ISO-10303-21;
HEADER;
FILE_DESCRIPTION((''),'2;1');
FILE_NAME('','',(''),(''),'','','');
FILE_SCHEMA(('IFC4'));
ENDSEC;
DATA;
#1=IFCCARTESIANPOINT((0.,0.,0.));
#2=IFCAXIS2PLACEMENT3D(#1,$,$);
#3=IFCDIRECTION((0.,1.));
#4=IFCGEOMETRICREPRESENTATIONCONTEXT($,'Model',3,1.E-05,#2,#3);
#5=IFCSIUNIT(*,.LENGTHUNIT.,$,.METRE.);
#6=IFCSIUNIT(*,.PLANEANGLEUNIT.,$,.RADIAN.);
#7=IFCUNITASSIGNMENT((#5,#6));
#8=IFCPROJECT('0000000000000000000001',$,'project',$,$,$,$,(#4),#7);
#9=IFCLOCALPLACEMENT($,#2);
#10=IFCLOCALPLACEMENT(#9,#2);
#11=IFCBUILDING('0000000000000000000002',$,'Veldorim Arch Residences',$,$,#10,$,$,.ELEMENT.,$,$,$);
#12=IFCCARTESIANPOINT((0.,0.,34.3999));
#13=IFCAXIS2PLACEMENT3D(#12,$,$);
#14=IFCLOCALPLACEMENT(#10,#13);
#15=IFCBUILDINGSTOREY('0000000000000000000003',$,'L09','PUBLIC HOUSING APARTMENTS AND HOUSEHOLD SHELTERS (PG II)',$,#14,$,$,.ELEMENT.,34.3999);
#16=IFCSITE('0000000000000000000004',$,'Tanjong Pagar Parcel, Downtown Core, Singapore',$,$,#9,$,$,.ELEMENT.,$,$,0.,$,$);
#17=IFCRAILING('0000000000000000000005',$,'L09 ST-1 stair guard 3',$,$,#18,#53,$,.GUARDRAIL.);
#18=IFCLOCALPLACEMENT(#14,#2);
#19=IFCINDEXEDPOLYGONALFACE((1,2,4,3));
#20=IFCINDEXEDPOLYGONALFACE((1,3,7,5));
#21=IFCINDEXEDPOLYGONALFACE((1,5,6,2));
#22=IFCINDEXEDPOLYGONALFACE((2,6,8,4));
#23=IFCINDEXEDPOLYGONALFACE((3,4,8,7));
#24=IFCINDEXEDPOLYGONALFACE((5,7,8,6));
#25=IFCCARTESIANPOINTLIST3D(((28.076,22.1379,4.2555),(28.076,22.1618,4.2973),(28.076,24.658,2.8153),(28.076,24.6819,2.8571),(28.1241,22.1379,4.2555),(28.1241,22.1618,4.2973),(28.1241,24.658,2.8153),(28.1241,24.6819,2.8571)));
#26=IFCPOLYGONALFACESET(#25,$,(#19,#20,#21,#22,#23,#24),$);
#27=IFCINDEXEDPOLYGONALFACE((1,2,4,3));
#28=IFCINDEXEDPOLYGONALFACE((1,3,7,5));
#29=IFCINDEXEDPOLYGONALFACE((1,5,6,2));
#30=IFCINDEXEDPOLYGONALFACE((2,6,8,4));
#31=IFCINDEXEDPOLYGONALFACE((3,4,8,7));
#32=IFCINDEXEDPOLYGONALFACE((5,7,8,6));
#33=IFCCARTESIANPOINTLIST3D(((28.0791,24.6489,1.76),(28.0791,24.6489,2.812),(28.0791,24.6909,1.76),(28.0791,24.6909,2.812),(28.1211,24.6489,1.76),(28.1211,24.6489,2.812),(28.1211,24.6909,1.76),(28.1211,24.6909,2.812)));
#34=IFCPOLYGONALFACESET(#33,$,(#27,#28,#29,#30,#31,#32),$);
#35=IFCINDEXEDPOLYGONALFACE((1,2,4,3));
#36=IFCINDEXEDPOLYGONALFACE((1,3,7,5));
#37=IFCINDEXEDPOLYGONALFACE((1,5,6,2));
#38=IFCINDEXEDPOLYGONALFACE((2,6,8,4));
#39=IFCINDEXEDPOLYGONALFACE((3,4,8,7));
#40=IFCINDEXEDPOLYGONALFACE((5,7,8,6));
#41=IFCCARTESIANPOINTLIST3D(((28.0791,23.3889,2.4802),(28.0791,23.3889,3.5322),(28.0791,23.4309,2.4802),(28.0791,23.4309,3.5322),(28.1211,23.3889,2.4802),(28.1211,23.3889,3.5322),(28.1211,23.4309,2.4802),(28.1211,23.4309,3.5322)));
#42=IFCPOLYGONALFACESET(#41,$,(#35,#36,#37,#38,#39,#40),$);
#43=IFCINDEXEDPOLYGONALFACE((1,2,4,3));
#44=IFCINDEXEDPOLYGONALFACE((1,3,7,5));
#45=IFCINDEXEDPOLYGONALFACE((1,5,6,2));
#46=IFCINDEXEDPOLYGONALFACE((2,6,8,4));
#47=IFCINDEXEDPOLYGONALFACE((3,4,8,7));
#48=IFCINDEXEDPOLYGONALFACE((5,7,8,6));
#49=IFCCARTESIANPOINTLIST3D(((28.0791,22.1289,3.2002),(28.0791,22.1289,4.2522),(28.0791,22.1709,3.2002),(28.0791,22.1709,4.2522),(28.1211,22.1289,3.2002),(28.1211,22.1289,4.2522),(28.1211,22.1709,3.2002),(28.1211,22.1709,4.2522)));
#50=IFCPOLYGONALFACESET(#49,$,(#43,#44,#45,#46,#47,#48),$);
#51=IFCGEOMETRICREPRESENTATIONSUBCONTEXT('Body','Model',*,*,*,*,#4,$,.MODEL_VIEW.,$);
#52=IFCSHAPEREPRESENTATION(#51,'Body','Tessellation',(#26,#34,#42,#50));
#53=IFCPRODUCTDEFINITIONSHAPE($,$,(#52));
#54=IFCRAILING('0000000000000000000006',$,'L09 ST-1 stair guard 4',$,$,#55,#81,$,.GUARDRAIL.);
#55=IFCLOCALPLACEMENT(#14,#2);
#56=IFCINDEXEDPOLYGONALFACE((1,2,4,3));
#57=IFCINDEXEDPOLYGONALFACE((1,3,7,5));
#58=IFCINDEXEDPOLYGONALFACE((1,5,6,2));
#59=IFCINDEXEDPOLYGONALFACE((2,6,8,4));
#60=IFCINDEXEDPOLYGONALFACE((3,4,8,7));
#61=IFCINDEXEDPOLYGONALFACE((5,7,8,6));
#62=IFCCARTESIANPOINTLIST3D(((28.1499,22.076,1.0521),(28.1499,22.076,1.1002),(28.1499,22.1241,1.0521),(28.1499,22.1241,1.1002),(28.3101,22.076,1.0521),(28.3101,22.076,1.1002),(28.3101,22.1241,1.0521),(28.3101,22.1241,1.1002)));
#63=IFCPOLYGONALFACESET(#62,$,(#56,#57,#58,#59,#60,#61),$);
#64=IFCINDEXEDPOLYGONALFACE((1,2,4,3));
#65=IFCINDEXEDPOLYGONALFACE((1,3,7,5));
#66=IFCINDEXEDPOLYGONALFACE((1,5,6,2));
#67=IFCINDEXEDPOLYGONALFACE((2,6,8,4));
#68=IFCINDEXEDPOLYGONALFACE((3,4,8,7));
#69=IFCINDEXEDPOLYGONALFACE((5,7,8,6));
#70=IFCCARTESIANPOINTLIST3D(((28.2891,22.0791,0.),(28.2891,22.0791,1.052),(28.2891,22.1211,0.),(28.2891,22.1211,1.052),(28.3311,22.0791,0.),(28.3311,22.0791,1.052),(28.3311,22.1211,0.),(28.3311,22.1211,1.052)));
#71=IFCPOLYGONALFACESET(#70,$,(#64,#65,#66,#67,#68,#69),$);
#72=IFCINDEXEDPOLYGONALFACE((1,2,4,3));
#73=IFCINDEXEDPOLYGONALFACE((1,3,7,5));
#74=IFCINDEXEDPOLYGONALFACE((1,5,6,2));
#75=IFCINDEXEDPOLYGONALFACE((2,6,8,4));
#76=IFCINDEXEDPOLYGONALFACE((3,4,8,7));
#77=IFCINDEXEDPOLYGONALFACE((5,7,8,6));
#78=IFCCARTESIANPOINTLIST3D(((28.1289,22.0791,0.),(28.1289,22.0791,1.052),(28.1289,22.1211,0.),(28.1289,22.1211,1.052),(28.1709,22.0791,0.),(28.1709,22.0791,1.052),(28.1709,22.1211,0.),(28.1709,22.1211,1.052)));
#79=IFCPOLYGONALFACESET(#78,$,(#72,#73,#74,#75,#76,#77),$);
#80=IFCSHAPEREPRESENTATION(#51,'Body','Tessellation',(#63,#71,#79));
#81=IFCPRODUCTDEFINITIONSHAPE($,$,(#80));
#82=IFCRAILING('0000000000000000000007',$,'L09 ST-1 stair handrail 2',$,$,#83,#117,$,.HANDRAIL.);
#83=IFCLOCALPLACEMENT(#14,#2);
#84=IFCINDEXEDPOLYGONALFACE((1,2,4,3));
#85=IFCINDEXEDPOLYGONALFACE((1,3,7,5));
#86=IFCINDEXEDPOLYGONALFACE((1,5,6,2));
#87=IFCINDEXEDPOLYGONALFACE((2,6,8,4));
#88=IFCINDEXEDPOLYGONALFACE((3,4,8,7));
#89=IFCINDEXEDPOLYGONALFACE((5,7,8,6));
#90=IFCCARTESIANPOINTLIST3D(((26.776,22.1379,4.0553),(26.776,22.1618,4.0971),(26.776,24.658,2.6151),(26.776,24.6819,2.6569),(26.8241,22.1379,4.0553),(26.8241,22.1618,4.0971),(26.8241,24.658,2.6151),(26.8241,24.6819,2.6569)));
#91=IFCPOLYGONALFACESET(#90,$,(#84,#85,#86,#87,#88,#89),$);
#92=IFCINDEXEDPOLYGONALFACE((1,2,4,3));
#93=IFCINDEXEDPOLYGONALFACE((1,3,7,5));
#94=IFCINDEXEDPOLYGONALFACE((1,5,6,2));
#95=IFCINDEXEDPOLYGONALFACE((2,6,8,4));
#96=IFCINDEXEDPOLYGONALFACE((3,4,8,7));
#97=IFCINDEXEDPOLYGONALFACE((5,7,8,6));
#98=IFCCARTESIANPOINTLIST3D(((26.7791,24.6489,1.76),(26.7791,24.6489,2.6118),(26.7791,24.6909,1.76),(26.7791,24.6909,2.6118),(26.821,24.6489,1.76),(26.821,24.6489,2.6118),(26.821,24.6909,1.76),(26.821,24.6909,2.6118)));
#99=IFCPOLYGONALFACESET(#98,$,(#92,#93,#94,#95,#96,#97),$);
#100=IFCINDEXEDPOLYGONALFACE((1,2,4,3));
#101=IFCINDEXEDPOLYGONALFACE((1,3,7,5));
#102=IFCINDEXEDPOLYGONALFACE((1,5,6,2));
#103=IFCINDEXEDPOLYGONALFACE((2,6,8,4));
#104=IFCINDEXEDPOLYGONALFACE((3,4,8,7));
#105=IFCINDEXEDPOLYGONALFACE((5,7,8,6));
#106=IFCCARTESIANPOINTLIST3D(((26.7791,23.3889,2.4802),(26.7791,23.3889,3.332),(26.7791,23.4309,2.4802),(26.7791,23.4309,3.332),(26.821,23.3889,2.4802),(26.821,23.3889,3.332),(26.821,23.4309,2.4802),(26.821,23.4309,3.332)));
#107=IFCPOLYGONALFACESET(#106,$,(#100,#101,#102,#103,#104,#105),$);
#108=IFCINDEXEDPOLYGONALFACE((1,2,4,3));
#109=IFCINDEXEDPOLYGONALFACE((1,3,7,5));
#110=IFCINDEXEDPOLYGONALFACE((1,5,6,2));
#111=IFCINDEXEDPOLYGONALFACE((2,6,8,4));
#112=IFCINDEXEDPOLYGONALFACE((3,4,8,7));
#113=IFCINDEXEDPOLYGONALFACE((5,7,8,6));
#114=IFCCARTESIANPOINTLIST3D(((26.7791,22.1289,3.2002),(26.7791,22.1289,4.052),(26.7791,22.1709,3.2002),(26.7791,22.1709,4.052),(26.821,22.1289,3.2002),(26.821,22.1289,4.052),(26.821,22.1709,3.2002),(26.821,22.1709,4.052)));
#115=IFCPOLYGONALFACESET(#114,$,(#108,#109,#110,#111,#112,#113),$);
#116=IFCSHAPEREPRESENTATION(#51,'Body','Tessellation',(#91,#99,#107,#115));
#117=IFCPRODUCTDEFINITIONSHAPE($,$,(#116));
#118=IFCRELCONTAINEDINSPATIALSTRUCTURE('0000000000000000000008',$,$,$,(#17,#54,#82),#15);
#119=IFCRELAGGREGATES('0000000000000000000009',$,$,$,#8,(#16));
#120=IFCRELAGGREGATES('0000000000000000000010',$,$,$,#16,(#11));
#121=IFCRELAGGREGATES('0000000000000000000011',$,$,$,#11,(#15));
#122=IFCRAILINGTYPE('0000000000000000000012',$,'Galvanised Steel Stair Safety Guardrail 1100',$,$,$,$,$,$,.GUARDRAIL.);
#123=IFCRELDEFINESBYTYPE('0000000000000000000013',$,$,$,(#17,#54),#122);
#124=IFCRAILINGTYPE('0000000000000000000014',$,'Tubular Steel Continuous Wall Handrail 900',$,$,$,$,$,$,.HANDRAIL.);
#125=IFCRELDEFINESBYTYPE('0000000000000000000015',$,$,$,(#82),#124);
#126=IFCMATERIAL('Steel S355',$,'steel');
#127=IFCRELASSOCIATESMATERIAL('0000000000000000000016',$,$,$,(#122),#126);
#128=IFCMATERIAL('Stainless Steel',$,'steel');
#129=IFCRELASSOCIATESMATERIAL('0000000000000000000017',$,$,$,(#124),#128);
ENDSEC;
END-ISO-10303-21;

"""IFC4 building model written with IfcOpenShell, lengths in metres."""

from ifc_helpers import new_model, si_unit, direction, frame, origin, origin_2d, place, context, subcontext, project, spatial, rectangle, extrude, material, type_object, element, save


model = new_model("IFC4")

# Units and contexts
model_context = context("Model", 3, precision=1e-05, world=origin(), true_north=direction((0.0, 1.0)))
body_context = subcontext(model_context, "Body", "Model", "MODEL_VIEW")
ifc_project = project(units=[si_unit("LENGTHUNIT", "METRE"), si_unit("PLANEANGLEUNIT", "RADIAN")], contexts=[model_context])

# Site, building, storey
site_placement = place(None, origin())
site = spatial("IfcSite", under=ifc_project, at=site_placement, Name="Tanjong Pagar Parcel, Downtown Core, Singapore", CompositionType="ELEMENT", RefElevation=0.0)
building_placement = place(site_placement, origin())
building = spatial("IfcBuilding", under=site, at=building_placement, Name="Veldorim Arch Residences", CompositionType="ELEMENT")
storey_placement = place(building_placement, frame((0.0, 0.0, 34.3999)))
storey = spatial("IfcBuildingStorey", under=building, at=storey_placement, Name="L09", Description="PUBLIC HOUSING APARTMENTS AND HOUSEHOLD SHELTERS (PG II)", CompositionType="ELEMENT", Elevation=34.3999)

# Railings
ifc_material_1 = material(Name="Steel S355", Category="steel")
railing_type_1 = type_object("IfcRailingType", Name="Galvanised Steel Stair Safety Guardrail 1100", PredefinedType="GUARDRAIL", material=ifc_material_1)
railing_1_placement = place(storey_placement, frame((28.1001, 24.6699, 1.76)))
element("IfcRailing", 1, at=railing_1_placement, inside=storey, type_object=railing_type_1, Name="L09 ST-1 stair guard 3", PredefinedType="GUARDRAIL", context=body_context, shape_type="SweptSolid", body=[
    extrude(rectangle(XDim=0.0481, YDim=0.0481, at=origin_2d()), frame((0.0, 0.0, 1.0762), z_axis=(0.0, -0.868217, 0.496184), x_axis=(1.0, 0.0, 0.0)), (0.0, 0.0, 1.0), 2.9026),
    extrude(rectangle(XDim=0.042, YDim=0.042, at=origin_2d()), origin(), (0.0, 0.0, 1.0), 1.052),
    extrude(rectangle(XDim=0.042, YDim=0.042, at=origin_2d()), frame((0.0, -1.26, 0.7202)), (0.0, 0.0, 1.0), 1.052),
    extrude(rectangle(XDim=0.042, YDim=0.042, at=origin_2d()), frame((0.0, -2.52, 1.4402)), (0.0, 0.0, 1.0), 1.052),
])
railing_2_placement = place(storey_placement, frame((28.3101, 22.1001, 0.0)))
element("IfcRailing", 2, at=railing_2_placement, inside=storey, type_object=railing_type_1, Name="L09 ST-1 stair guard 4", PredefinedType="GUARDRAIL", context=body_context, shape_type="SweptSolid", body=[
    extrude(rectangle(XDim=0.0481, YDim=0.0481, at=origin_2d()), frame((0.0, 0.0, 1.0762), z_axis=(-1.0, 0.0, 0.0), x_axis=(0.0, -1.0, 0.0)), (0.0, 0.0, 1.0), 0.1602),
    extrude(rectangle(XDim=0.042, YDim=0.042, at=origin_2d()), origin(), (0.0, 0.0, 1.0), 1.052),
    extrude(rectangle(XDim=0.042, YDim=0.042, at=origin_2d()), frame((-0.1602, 0.0, 0.0)), (0.0, 0.0, 1.0), 1.052),
])
ifc_material_2 = material(Name="Stainless Steel", Category="steel")
railing_type_2 = type_object("IfcRailingType", Name="Tubular Steel Continuous Wall Handrail 900", PredefinedType="HANDRAIL", material=ifc_material_2)
railing_3_placement = place(storey_placement, frame((26.8, 24.6699, 1.76)))
element("IfcRailing", 3, at=railing_3_placement, inside=storey, type_object=railing_type_2, Name="L09 ST-1 stair handrail 2", PredefinedType="HANDRAIL", context=body_context, shape_type="SweptSolid", body=[
    extrude(rectangle(XDim=0.0481, YDim=0.0481, at=origin_2d()), frame((0.0, 0.0, 0.876), z_axis=(0.0, -0.868217, 0.496184), x_axis=(1.0, 0.0, 0.0)), (0.0, 0.0, 1.0), 2.9026),
    extrude(rectangle(XDim=0.042, YDim=0.042, at=origin_2d()), origin(), (0.0, 0.0, 1.0), 0.8518),
    extrude(rectangle(XDim=0.042, YDim=0.042, at=origin_2d()), frame((0.0, -1.26, 0.7202)), (0.0, 0.0, 1.0), 0.8518),
    extrude(rectangle(XDim=0.042, YDim=0.042, at=origin_2d()), frame((0.0, -2.52, 1.4402)), (0.0, 0.0, 1.0), 0.8518),
])

save(model, "model.ifc")
